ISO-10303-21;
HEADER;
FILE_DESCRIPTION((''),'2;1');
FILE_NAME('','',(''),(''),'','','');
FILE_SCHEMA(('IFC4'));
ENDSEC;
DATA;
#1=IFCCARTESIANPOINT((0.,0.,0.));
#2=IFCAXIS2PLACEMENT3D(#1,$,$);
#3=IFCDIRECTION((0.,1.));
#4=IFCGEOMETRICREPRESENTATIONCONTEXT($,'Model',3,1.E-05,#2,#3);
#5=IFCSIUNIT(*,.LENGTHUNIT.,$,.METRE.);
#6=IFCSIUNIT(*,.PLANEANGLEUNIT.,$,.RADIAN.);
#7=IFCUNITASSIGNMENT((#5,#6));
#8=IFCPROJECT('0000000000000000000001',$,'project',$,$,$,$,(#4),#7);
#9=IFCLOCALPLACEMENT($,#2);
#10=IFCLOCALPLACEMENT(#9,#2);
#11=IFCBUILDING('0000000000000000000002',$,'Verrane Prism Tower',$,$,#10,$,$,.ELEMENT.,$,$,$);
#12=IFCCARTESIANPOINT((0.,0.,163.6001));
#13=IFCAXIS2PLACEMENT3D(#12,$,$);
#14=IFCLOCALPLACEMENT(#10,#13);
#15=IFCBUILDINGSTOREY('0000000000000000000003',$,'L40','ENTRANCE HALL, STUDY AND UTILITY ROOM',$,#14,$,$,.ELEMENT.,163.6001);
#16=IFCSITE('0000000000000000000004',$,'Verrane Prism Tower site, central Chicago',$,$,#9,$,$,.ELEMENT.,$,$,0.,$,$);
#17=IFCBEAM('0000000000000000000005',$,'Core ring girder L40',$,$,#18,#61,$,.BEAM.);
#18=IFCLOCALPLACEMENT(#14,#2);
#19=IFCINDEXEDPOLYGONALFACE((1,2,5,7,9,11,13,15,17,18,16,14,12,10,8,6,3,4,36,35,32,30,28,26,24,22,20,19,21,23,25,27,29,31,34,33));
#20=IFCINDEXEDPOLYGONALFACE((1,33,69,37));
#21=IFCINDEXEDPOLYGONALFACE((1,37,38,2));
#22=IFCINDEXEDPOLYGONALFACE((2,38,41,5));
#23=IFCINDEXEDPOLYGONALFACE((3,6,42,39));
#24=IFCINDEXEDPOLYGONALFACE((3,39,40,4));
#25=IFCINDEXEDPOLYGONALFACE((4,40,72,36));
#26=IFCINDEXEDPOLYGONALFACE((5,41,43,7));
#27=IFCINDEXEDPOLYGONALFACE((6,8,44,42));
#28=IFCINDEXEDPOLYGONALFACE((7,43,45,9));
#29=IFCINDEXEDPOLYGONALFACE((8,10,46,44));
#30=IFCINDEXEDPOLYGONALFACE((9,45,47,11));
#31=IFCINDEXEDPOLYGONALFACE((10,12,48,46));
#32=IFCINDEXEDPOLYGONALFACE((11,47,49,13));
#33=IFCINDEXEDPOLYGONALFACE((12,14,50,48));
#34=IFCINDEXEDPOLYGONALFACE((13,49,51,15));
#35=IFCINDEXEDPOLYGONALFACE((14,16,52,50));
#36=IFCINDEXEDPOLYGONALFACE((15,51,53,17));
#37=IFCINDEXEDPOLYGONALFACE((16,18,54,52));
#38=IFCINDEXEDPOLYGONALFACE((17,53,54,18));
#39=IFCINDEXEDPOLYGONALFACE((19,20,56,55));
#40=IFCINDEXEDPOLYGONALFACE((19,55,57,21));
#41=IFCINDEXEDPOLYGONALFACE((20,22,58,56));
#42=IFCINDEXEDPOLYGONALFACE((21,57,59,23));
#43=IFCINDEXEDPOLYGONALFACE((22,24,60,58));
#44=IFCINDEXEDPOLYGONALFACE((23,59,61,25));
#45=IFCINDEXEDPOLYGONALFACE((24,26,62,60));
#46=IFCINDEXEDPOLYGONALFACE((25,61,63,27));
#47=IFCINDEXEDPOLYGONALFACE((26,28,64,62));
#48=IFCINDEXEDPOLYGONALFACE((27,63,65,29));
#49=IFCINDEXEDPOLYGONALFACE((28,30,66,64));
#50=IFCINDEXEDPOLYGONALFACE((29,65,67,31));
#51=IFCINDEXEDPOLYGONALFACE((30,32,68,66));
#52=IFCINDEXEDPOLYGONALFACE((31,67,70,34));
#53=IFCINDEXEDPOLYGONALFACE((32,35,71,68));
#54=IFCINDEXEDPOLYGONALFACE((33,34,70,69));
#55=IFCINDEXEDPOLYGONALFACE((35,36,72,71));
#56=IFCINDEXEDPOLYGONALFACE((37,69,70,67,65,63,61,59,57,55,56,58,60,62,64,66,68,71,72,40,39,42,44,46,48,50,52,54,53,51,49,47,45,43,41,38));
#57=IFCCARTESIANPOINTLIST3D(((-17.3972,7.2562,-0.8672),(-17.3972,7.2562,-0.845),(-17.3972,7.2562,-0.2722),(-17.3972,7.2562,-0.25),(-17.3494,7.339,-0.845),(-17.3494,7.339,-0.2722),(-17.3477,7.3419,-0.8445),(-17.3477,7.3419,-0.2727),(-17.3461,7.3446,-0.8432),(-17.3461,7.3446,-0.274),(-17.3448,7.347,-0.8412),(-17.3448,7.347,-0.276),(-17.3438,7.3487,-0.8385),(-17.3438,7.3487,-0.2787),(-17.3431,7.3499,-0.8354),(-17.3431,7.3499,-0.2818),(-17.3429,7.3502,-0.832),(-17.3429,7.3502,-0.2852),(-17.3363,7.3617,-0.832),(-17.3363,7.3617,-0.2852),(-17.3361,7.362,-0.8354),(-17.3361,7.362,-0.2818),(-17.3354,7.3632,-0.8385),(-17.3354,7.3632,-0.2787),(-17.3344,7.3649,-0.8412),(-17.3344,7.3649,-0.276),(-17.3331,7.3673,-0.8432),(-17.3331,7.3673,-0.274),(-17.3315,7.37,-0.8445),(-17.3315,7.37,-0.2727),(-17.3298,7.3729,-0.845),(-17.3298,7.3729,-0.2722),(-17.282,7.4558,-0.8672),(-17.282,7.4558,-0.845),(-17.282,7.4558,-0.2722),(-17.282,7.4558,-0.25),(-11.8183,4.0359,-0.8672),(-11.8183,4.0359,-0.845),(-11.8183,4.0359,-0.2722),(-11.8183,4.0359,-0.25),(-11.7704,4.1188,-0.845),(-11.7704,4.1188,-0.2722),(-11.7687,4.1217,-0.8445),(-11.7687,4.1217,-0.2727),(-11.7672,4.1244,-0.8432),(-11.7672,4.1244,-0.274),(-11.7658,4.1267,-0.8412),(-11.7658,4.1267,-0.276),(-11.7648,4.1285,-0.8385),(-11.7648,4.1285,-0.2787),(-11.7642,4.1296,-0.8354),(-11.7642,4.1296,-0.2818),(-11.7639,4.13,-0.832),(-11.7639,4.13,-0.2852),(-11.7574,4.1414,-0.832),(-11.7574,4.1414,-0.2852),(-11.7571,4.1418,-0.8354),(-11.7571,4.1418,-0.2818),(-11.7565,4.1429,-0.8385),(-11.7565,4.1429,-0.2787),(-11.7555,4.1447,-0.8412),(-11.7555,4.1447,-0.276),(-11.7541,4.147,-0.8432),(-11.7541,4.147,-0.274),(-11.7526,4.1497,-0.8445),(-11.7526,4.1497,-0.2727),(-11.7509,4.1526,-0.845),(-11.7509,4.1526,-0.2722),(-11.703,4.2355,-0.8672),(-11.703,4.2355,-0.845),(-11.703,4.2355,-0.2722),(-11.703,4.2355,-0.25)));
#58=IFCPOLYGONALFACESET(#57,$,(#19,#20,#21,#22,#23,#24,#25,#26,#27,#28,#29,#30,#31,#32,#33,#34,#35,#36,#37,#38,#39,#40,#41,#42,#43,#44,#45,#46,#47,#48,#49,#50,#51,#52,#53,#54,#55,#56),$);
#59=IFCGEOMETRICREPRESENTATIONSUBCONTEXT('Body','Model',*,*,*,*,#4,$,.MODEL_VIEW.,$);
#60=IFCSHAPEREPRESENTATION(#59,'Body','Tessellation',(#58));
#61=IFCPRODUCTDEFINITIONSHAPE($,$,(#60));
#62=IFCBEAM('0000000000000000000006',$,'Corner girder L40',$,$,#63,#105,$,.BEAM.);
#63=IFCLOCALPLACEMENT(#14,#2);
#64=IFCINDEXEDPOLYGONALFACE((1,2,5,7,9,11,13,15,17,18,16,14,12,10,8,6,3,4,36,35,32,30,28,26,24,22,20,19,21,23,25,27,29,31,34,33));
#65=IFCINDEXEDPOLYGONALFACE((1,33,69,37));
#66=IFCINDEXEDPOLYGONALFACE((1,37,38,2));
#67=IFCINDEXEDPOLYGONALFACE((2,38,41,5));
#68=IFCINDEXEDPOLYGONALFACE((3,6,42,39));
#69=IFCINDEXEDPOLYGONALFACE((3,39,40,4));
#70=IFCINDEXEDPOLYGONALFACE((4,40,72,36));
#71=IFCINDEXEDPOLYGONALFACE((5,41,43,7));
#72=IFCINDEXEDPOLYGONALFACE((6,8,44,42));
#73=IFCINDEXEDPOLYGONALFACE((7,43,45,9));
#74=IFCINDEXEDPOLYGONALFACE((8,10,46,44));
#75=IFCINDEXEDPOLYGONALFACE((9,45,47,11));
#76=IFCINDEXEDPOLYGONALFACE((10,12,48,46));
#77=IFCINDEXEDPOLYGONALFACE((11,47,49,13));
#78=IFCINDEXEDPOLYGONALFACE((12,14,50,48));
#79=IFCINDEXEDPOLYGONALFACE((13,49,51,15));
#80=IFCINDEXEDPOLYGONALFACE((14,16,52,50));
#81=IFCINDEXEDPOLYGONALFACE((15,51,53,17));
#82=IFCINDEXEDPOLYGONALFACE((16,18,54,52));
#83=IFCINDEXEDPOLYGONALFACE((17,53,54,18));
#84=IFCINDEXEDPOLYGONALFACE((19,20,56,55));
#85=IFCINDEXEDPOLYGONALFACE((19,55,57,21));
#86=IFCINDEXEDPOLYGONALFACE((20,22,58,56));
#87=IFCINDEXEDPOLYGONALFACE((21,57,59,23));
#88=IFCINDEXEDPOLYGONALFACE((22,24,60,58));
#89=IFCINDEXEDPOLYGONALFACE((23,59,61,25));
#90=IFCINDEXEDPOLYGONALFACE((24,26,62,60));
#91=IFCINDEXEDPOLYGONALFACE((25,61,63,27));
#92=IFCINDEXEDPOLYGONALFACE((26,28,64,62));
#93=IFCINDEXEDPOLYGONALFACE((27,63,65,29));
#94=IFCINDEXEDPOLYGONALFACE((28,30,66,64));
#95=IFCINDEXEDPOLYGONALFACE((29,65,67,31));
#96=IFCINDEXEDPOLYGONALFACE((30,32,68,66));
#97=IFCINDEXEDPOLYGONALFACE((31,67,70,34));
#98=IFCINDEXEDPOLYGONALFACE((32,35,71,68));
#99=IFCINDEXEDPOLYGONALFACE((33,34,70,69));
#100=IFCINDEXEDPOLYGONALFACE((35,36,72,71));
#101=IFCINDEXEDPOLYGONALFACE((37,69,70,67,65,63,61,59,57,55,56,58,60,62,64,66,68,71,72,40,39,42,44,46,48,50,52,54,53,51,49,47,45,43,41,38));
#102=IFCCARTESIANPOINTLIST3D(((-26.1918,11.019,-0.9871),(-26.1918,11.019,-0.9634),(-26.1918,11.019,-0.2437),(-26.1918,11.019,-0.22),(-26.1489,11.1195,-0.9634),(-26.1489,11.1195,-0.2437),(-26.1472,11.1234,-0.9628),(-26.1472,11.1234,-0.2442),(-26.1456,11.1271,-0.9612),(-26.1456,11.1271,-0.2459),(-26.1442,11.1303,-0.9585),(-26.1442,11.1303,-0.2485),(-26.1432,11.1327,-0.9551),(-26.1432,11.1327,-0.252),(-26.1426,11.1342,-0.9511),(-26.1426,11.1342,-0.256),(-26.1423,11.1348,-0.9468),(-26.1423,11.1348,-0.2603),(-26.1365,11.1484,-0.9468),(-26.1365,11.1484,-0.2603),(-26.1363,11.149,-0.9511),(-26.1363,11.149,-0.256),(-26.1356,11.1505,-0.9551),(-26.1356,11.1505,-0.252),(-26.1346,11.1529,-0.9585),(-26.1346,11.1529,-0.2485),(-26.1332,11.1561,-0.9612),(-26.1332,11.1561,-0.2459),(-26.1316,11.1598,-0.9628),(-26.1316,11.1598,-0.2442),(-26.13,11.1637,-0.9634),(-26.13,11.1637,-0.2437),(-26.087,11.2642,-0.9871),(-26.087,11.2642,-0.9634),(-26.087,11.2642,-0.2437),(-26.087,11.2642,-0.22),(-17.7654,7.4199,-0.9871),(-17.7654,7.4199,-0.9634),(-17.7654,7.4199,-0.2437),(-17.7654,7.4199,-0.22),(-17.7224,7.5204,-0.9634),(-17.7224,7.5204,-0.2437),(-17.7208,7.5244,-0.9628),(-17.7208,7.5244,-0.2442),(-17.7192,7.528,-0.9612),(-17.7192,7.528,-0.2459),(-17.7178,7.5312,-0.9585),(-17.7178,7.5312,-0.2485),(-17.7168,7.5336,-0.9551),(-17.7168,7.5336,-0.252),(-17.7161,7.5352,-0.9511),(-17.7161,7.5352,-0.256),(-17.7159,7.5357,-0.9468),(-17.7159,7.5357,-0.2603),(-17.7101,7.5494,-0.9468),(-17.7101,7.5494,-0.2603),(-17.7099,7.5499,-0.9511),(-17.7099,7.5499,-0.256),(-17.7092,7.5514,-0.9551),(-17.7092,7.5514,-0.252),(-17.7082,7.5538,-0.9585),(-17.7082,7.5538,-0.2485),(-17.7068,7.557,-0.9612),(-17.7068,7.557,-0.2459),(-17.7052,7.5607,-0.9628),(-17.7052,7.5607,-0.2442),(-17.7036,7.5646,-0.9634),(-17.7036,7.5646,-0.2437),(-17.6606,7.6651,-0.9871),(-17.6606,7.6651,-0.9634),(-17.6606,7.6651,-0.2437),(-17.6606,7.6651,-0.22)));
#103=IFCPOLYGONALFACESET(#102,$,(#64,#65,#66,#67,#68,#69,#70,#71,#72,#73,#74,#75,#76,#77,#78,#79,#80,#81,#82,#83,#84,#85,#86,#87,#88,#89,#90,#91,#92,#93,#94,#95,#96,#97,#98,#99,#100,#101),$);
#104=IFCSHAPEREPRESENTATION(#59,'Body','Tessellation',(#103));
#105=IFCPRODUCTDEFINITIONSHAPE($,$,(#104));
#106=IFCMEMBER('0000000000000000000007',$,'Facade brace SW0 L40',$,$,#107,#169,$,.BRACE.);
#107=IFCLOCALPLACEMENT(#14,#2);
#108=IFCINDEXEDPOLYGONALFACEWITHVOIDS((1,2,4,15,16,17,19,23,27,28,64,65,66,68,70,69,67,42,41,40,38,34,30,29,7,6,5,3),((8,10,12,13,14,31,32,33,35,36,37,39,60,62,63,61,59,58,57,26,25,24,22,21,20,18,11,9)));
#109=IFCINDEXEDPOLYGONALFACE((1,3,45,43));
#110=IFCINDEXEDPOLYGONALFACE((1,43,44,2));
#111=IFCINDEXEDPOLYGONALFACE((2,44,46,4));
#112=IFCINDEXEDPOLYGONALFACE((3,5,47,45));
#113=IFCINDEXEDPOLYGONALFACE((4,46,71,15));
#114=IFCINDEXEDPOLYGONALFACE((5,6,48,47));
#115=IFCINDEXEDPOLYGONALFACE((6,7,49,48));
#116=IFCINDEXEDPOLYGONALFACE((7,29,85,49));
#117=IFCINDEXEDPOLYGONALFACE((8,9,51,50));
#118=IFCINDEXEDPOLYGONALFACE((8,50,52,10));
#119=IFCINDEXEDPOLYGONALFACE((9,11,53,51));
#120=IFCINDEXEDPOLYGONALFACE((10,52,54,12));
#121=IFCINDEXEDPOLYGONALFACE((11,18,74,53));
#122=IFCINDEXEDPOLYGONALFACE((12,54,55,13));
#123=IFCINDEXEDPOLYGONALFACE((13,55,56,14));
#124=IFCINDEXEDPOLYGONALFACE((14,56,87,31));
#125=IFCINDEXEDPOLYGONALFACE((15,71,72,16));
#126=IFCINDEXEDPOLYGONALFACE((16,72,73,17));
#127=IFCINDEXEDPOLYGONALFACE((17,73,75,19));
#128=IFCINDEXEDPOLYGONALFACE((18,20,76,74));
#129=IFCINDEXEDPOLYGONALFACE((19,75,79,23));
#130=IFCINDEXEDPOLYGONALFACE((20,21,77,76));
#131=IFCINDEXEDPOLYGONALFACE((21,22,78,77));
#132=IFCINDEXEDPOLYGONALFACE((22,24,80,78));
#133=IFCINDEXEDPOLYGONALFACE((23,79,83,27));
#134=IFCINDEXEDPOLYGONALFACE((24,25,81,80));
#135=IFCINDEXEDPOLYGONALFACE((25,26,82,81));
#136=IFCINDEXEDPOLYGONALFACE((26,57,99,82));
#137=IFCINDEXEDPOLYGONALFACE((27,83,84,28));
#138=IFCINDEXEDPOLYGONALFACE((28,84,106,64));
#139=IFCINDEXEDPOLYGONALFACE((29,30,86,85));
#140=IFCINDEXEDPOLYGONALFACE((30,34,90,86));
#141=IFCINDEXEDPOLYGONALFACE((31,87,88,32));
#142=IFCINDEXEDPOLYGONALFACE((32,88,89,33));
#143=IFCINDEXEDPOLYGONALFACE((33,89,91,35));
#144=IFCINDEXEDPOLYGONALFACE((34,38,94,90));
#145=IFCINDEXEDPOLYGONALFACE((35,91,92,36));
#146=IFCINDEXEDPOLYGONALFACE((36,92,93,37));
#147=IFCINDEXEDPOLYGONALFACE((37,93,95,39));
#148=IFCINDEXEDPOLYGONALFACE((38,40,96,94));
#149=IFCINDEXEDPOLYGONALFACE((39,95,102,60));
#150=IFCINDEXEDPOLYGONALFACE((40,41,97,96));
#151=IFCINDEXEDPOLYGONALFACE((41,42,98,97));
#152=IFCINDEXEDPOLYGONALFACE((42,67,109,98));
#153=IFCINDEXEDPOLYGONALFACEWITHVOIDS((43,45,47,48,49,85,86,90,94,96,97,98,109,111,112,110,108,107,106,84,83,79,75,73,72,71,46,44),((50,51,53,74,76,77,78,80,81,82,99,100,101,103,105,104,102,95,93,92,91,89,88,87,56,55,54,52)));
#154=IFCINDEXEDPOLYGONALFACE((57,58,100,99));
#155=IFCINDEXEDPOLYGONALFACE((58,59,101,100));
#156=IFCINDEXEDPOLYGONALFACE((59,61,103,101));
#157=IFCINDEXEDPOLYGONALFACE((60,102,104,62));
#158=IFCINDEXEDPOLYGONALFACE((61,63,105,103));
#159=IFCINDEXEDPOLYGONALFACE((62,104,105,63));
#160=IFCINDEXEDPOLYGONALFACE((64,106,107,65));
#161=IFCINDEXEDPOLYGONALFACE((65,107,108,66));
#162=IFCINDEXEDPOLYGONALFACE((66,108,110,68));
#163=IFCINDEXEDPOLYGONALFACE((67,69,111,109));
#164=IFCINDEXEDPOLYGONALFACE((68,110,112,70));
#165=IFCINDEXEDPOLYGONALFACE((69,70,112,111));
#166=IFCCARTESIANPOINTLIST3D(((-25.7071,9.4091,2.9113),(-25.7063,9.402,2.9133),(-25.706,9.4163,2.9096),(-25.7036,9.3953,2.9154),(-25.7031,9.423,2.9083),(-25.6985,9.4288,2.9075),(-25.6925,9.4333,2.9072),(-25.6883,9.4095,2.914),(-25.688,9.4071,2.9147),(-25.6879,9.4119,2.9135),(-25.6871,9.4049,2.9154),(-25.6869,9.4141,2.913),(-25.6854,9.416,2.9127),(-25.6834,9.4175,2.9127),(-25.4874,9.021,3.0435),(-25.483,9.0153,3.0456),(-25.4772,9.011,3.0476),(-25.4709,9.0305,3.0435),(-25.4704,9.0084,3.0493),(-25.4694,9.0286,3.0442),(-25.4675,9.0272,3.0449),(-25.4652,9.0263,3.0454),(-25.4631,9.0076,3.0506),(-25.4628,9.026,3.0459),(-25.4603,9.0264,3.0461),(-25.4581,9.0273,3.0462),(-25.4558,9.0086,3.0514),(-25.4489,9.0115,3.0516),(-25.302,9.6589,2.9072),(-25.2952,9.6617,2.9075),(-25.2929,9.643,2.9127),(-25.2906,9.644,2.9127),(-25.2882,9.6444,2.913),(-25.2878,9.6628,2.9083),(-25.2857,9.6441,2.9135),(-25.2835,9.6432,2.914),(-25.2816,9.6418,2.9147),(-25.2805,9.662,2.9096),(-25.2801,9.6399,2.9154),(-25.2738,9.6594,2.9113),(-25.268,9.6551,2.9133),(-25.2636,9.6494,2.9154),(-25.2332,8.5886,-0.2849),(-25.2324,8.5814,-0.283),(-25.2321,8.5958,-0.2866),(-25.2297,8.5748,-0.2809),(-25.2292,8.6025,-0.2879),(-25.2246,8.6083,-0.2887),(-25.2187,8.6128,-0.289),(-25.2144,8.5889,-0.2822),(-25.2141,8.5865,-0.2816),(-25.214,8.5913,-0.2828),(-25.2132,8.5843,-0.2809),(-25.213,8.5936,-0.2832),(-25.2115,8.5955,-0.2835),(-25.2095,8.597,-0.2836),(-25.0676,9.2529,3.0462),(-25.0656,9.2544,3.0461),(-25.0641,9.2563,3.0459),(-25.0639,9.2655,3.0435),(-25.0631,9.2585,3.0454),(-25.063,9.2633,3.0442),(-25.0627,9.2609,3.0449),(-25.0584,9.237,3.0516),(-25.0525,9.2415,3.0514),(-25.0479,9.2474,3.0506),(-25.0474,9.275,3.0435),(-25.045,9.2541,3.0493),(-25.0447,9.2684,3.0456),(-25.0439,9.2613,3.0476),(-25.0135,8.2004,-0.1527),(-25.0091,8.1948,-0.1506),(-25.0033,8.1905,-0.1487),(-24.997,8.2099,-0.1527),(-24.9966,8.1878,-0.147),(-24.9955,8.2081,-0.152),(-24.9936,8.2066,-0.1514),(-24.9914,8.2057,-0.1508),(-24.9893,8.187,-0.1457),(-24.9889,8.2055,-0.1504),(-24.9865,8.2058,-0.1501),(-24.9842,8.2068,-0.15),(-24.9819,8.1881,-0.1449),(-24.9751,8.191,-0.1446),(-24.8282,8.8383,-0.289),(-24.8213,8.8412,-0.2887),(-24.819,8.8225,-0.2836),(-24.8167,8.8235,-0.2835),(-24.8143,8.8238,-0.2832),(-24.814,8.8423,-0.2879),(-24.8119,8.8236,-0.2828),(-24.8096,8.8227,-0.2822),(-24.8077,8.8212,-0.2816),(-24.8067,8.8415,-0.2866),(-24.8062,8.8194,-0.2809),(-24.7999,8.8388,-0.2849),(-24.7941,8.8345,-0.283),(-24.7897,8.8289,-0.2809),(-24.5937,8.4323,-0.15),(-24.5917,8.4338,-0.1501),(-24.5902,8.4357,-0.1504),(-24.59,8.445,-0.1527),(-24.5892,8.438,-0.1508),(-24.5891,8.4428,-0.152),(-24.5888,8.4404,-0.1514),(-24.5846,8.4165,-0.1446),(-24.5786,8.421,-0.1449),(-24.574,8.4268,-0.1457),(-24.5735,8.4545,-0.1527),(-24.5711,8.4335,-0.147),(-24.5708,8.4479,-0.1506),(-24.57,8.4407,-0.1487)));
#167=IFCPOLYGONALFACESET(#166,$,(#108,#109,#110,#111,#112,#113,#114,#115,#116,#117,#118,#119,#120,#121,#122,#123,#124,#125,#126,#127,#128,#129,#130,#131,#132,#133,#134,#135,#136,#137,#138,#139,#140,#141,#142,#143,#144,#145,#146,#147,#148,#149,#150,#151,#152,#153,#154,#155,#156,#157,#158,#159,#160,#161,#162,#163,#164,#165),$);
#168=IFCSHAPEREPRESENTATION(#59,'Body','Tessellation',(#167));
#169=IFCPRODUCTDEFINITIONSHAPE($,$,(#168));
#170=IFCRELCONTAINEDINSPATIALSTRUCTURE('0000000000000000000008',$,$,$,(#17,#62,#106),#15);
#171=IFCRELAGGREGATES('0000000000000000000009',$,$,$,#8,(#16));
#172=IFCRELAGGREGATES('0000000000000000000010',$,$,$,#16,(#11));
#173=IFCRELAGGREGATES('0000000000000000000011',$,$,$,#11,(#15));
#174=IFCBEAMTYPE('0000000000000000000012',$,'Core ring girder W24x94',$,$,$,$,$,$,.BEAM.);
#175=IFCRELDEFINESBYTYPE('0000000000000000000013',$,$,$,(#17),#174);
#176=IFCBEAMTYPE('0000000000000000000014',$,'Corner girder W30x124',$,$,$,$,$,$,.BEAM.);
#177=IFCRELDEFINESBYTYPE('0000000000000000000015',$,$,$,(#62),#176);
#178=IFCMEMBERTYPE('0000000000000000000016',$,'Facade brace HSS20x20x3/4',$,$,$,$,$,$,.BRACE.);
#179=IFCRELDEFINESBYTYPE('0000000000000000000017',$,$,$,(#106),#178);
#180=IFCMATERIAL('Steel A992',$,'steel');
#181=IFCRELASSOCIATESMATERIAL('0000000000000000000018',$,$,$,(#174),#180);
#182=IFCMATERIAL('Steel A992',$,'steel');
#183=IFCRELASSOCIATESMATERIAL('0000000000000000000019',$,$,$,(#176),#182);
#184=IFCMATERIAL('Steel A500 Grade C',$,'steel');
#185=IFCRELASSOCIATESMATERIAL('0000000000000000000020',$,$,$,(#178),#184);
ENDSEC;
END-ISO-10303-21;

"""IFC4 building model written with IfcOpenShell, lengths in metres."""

from ifc_helpers import new_model, si_unit, direction, frame, origin, origin_2d, place, context, subcontext, project, spatial, hollow_rectangle, i_section, extrude, material, material_profile, profile_set, type_object, element, save


model = new_model("IFC4")

# Units and contexts
model_context = context("Model", 3, precision=1e-05, world=origin(), true_north=direction((0.0, 1.0)))
body_context = subcontext(model_context, "Body", "Model", "MODEL_VIEW")
ifc_project = project(units=[si_unit("LENGTHUNIT", "METRE"), si_unit("PLANEANGLEUNIT", "RADIAN")], contexts=[model_context])

# Site, building, storey
site_placement = place(None, origin())
site = spatial("IfcSite", under=ifc_project, at=site_placement, Name="Verrane Prism Tower site, central Chicago", CompositionType="ELEMENT", RefElevation=0.0)
building_placement = place(site_placement, origin())
building = spatial("IfcBuilding", under=site, at=building_placement, Name="Verrane Prism Tower", CompositionType="ELEMENT")
storey_placement = place(building_placement, frame((0.0, 0.0, 163.6001)))
storey = spatial("IfcBuildingStorey", under=building, at=storey_placement, Name="L40", Description="ENTRANCE HALL, STUDY AND UTILITY ROOM", CompositionType="ELEMENT", Elevation=163.6001)

# Beams
ifc_material_1 = material(Name="Steel A992", Category="steel")
ifc_material_profile_1 = material_profile(ifc_material_1, i_section(OverallWidth=0.2305, OverallDepth=0.6172, WebThickness=0.0132, FlangeThickness=0.0222, FilletRadius=0.0129, at=origin_2d()), Name="W24x94")
ifc_profile_set_1 = profile_set([ifc_material_profile_1], Name="Steel A992")
beam_type_1 = type_object("IfcBeamType", Name="Core ring girder W24x94", PredefinedType="BEAM", material=ifc_profile_set_1)
beam_1_placement = place(storey_placement, frame((-17.3396, 7.356, -0.5586), z_axis=(0.866075, -0.499914, 0.0), x_axis=(0.499914, 0.866075, 0.0)))
element("IfcBeam", 1, at=beam_1_placement, inside=storey, type_object=beam_type_1, Name="Core ring girder L40", PredefinedType="BEAM", context=body_context, shape_type="SweptSolid", body=[
    extrude(i_section(OverallWidth=0.2305, OverallDepth=0.6172, WebThickness=0.0132, FlangeThickness=0.0222, FilletRadius=0.0129, at=origin_2d()), origin(), (0.0, 0.0, 1.0), 6.4417),
])
ifc_material_2 = material(Name="Steel A992", Category="steel")
ifc_material_profile_2 = material_profile(ifc_material_2, i_section(OverallWidth=0.2666, OverallDepth=0.7671, WebThickness=0.0149, FlangeThickness=0.0237, FilletRadius=0.0166, at=origin_2d()), Name="W30x124")
ifc_profile_set_2 = profile_set([ifc_material_profile_2], Name="Steel A992")
beam_type_2 = type_object("IfcBeamType", Name="Corner girder W30x124", PredefinedType="BEAM", material=ifc_profile_set_2)
beam_2_placement = place(storey_placement, frame((-26.1394, 11.1416, -0.6035), z_axis=(0.919628, -0.39279, 0.0), x_axis=(0.39279, 0.919628, 0.0)))
element("IfcBeam", 2, at=beam_2_placement, inside=storey, type_object=beam_type_2, Name="Corner girder L40", PredefinedType="BEAM", context=body_context, shape_type="SweptSolid", body=[
    extrude(i_section(OverallWidth=0.2666, OverallDepth=0.7671, WebThickness=0.0149, FlangeThickness=0.0237, FilletRadius=0.0166, at=origin_2d()), origin(), (0.0, 0.0, 1.0), 9.1628),
])

# Member
ifc_material_3 = material(Name="Steel A500 Grade C", Category="steel")
ifc_material_profile_3 = material_profile(ifc_material_3, hollow_rectangle(XDim=0.5081, YDim=0.5081, WallThickness=0.019, InnerFilletRadius=0.0095, OuterFilletRadius=0.0286, at=origin_2d()), Name="HSS20x20x3/4")
ifc_profile_set_3 = profile_set([ifc_material_profile_3], Name="Steel A500 Grade C")
member_type_1 = type_object("IfcMemberType", Name="Facade brace HSS20x20x3/4", PredefinedType="BRACE", material=ifc_profile_set_3)
member_1_placement = place(storey_placement, frame((-24.9016, 8.5146, -0.2168), z_axis=(-0.142144, 0.246133, 0.958756), x_axis=(-0.865967, -0.500102, 0.0)))
element("IfcMember", 3, at=member_1_placement, inside=storey, type_object=member_type_1, Name="Facade brace SW0 L40", PredefinedType="BRACE", context=body_context, shape_type="SweptSolid", body=[
    extrude(hollow_rectangle(XDim=0.5081, YDim=0.5081, WallThickness=0.019, InnerFilletRadius=0.0095, OuterFilletRadius=0.0286, at=origin_2d()), origin(), (0.0, 0.0, 1.0), 3.3337),
])

save(model, "model.ifc")
